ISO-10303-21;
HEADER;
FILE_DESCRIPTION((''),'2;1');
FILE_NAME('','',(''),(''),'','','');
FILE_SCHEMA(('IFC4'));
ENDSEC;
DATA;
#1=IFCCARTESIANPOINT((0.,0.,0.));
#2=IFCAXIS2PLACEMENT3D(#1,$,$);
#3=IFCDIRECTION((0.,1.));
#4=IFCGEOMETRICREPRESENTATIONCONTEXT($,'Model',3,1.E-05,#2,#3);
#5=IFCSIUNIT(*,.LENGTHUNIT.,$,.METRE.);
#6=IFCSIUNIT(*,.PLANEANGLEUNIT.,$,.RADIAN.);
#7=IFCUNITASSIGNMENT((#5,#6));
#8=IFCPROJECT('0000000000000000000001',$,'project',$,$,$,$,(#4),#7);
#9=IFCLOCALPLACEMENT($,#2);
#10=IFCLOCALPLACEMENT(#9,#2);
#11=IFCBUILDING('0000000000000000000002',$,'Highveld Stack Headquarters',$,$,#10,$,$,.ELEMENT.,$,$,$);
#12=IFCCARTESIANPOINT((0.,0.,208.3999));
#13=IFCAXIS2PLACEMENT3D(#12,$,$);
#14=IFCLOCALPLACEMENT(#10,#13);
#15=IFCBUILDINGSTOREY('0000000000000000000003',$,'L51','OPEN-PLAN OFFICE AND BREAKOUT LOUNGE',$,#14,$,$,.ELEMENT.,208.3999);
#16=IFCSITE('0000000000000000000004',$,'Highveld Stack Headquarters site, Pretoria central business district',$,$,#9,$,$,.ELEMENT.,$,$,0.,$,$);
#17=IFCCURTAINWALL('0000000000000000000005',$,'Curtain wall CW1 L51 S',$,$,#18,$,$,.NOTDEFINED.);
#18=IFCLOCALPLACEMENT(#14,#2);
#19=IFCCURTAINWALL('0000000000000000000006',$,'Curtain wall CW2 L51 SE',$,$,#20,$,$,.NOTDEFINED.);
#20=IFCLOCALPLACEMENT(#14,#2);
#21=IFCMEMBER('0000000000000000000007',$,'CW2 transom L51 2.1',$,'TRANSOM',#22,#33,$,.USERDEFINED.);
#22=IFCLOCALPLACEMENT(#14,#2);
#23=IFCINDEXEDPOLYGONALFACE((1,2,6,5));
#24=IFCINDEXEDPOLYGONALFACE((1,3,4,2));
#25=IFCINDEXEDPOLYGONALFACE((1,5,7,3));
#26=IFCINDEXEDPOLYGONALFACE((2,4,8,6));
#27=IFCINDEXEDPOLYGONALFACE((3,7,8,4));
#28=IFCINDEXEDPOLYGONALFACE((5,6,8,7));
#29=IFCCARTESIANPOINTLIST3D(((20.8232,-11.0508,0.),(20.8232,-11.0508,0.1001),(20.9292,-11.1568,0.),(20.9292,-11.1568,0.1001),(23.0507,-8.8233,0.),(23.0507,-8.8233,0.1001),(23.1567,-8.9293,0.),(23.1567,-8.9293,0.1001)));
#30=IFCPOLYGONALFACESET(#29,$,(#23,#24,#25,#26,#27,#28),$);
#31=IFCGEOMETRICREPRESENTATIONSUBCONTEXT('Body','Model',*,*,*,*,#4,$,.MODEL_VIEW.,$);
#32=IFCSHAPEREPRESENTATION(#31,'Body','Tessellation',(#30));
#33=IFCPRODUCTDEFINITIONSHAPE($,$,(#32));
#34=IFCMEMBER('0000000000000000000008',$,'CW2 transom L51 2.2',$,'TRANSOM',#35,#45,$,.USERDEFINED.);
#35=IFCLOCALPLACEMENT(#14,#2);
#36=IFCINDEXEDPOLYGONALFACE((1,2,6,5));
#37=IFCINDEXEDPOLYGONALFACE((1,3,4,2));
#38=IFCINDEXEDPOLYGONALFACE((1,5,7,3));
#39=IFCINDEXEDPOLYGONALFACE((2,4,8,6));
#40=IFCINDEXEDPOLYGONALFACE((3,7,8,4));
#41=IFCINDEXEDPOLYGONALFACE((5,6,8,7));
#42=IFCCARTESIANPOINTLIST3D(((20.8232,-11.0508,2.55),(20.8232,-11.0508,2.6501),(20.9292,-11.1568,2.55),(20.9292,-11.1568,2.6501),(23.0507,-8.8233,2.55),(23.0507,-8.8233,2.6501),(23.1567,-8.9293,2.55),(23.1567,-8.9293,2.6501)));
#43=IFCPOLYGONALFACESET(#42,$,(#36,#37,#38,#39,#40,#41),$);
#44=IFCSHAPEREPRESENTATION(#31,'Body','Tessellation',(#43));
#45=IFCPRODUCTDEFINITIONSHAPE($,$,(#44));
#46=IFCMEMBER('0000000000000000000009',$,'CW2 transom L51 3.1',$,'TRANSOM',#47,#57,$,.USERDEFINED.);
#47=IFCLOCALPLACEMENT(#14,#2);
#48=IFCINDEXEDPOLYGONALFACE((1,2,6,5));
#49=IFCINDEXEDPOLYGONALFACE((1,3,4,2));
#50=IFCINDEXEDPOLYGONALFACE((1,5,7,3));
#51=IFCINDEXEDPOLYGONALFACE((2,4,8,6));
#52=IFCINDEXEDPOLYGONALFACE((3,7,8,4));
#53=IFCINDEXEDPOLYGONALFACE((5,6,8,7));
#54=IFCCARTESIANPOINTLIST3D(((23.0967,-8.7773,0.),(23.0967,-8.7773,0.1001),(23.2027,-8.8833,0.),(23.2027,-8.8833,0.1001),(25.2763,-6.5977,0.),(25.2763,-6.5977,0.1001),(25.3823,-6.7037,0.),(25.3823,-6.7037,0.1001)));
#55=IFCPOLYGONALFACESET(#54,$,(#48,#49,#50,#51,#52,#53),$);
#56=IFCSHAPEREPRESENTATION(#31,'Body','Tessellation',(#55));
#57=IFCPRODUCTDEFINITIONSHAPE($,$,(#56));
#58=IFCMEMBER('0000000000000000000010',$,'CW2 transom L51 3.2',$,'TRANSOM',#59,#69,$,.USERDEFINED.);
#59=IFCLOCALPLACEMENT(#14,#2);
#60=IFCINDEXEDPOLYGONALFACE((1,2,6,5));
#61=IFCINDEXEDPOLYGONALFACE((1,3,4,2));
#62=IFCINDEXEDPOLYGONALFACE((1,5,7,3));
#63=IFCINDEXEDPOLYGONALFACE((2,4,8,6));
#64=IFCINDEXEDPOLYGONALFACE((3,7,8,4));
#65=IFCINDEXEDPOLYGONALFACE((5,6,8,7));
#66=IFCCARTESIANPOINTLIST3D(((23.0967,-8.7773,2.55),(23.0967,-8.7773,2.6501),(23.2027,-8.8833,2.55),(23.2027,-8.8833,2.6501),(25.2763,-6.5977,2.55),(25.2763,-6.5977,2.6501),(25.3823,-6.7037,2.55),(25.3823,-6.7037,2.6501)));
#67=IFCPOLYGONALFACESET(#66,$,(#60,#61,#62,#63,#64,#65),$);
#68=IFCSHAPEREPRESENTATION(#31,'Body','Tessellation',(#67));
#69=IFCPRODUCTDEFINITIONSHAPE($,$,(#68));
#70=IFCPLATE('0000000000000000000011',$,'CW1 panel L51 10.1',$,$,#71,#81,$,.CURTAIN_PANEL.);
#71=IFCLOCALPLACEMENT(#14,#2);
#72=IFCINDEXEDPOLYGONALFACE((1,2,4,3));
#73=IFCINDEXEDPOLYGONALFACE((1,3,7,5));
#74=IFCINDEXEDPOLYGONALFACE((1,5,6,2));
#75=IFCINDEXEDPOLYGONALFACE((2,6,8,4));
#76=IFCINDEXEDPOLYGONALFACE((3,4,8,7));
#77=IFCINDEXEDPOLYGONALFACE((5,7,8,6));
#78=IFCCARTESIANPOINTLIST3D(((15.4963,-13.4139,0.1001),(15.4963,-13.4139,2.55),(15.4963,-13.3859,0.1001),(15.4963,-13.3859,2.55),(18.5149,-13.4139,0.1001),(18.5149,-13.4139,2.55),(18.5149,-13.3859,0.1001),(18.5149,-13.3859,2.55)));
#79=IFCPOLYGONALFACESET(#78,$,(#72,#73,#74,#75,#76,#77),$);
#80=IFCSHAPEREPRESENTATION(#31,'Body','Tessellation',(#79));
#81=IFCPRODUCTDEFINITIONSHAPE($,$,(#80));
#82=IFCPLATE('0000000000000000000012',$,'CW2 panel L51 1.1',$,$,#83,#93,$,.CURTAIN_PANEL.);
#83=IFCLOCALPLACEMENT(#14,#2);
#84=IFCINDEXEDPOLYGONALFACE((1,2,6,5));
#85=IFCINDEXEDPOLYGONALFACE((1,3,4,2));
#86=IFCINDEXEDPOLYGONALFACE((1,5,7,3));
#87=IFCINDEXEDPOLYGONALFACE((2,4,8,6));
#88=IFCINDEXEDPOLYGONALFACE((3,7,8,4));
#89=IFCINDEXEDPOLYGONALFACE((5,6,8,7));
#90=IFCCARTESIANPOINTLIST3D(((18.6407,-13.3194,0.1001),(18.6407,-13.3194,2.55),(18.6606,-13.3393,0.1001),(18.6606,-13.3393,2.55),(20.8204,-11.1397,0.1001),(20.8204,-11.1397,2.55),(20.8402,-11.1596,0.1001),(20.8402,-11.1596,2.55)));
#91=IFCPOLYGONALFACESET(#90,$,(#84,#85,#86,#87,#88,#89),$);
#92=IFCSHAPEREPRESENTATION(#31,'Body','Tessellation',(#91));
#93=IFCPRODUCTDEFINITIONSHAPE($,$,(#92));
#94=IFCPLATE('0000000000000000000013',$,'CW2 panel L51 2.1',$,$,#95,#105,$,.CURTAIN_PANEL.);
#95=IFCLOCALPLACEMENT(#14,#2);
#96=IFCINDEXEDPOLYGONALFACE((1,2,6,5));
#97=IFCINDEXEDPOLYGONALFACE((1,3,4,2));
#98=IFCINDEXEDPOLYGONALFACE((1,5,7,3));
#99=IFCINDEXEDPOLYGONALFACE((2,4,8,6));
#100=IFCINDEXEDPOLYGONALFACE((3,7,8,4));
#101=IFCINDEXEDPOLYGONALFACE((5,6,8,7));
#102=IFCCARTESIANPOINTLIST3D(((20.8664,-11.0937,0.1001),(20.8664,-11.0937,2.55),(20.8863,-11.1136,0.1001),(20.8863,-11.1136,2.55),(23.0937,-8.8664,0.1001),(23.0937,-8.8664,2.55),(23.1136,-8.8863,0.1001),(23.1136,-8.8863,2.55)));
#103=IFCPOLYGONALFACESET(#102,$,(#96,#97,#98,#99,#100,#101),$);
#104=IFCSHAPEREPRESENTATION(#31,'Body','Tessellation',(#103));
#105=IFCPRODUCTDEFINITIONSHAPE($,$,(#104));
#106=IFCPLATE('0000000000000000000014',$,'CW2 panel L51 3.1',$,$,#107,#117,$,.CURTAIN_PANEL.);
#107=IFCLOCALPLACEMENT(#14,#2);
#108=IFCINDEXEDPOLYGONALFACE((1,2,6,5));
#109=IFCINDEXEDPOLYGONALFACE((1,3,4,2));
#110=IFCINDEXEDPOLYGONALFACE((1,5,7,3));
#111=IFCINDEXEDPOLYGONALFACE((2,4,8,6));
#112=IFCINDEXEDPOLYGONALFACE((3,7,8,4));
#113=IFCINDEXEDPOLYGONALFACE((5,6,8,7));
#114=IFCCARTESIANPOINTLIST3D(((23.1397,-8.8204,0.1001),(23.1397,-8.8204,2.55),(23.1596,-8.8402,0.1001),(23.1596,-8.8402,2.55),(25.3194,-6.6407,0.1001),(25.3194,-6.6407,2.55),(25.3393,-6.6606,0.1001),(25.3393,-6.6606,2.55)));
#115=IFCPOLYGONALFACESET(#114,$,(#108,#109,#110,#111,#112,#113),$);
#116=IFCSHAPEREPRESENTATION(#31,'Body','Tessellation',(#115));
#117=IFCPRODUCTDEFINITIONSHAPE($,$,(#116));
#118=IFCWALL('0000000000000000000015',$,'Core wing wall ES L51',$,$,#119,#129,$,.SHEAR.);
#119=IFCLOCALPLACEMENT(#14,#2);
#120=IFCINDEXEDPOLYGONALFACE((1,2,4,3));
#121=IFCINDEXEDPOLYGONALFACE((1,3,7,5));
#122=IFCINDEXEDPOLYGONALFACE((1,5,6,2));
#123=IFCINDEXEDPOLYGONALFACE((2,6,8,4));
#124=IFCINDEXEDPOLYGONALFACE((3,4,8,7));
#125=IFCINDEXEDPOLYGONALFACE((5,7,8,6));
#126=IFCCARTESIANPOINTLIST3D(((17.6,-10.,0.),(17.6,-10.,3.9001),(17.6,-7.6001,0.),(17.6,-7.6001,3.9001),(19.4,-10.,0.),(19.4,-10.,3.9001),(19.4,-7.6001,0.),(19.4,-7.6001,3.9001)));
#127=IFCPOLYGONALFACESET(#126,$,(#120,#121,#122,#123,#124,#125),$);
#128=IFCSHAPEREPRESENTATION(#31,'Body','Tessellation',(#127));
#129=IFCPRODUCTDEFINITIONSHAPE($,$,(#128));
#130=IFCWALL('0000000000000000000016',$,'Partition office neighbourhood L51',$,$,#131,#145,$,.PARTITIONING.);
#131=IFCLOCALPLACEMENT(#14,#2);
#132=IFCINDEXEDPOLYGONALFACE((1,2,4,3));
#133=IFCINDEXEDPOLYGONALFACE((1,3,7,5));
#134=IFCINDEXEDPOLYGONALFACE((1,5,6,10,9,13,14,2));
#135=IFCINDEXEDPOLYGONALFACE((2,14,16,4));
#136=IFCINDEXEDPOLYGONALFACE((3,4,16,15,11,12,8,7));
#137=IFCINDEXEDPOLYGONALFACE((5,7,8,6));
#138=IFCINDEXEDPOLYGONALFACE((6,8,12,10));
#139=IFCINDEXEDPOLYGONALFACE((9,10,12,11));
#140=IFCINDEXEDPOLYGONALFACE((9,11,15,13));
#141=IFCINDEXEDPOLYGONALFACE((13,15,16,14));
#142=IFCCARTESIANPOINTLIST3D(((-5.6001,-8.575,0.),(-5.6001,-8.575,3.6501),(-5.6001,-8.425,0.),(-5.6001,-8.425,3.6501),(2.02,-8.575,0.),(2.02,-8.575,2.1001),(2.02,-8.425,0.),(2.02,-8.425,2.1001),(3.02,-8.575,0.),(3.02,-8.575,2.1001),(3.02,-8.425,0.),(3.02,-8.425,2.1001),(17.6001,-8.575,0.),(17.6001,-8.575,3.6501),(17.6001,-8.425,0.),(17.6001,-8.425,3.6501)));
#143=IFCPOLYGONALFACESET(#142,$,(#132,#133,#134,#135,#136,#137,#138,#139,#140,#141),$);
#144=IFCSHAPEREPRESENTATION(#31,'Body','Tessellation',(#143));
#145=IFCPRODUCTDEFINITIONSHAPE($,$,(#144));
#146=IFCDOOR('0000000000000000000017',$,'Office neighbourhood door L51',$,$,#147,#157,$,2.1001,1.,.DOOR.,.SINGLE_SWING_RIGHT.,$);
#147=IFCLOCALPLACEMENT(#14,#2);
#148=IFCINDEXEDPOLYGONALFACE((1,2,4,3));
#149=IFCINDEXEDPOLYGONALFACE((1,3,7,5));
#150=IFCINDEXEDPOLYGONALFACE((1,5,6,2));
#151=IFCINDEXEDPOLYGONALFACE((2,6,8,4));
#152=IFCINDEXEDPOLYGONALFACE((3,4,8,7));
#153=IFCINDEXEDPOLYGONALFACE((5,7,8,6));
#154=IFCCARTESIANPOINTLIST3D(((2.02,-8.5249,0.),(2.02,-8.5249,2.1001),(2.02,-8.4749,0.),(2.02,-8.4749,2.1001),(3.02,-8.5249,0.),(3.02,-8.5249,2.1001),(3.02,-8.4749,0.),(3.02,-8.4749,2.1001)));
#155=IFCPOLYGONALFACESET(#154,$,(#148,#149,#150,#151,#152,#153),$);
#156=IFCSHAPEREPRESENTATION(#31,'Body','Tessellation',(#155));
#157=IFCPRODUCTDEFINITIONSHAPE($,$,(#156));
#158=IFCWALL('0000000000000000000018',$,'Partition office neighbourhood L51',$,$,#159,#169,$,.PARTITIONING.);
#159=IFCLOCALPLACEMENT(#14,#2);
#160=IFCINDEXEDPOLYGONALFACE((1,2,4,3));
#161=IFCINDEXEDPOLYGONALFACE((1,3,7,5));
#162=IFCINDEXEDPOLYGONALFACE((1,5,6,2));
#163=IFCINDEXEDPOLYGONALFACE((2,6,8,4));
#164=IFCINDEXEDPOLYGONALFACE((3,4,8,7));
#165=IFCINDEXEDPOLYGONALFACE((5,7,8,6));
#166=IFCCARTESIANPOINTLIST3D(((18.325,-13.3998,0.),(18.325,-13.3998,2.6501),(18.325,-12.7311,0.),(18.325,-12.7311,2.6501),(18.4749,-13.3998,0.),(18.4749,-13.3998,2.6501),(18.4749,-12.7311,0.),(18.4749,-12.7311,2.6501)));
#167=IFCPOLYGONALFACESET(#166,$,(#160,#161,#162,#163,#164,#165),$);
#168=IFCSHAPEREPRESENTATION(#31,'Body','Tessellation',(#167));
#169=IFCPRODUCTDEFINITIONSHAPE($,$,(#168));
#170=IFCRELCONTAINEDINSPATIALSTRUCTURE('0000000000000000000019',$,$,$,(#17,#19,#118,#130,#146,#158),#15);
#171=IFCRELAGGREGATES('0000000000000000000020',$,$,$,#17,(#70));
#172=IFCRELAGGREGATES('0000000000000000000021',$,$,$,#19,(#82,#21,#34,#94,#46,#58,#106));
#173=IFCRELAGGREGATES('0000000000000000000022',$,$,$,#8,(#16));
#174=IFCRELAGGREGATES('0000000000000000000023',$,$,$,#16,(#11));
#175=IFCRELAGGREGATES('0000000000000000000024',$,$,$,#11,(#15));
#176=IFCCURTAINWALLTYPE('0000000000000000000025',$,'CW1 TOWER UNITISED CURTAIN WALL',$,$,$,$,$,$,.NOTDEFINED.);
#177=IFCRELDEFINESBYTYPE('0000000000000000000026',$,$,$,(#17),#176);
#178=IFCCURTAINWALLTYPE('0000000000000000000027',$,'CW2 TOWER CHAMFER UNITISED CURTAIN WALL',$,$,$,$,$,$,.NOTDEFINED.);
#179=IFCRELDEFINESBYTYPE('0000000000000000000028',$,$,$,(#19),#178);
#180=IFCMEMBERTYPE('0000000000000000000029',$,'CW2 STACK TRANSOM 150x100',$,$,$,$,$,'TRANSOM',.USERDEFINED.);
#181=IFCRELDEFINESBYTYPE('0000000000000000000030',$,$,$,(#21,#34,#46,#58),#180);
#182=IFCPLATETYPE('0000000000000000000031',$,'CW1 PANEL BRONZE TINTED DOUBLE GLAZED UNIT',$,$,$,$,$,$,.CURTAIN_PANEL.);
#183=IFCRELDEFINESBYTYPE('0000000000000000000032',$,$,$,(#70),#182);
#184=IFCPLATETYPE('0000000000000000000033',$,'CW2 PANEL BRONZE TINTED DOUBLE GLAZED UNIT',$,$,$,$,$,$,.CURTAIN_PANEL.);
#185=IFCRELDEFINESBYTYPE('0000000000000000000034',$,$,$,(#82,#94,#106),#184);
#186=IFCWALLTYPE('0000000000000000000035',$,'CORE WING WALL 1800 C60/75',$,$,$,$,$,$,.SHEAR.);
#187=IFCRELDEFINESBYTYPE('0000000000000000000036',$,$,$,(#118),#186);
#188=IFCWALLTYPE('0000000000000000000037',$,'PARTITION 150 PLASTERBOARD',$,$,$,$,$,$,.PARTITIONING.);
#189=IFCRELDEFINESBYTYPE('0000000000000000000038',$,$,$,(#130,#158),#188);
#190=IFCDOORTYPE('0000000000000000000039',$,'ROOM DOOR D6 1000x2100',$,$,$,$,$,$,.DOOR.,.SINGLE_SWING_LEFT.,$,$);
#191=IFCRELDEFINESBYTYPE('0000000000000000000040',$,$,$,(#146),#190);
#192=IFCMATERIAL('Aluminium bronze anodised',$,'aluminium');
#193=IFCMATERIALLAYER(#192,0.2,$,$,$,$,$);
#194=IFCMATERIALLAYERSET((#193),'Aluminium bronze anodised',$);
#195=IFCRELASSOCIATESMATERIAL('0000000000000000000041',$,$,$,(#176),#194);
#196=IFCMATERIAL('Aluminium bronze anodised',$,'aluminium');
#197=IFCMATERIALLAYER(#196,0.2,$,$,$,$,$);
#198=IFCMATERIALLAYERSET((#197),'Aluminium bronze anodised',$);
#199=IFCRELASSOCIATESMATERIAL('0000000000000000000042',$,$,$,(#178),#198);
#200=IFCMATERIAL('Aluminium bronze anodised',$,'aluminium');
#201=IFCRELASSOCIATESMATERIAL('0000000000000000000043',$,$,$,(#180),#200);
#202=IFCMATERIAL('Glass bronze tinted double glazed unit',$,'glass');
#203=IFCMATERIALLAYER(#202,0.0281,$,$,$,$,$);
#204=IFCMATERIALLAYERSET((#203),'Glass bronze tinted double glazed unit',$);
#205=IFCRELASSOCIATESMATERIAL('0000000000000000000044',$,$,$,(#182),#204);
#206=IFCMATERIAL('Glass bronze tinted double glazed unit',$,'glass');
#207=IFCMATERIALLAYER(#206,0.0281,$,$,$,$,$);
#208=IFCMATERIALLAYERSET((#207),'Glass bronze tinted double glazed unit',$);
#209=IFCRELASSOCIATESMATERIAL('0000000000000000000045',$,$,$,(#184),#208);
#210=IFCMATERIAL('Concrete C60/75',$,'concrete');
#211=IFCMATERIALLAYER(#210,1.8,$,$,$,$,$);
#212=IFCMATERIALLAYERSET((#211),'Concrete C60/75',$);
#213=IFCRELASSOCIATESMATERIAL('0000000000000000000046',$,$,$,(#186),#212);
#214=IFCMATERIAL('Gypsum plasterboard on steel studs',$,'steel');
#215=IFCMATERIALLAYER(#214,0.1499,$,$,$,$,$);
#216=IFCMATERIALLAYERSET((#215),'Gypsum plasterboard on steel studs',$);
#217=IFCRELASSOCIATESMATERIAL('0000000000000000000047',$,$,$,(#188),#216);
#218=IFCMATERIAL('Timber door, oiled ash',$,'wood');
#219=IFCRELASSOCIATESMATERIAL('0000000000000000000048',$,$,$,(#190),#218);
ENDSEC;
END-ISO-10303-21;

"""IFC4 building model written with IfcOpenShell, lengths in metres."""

from ifc_helpers import new_model, si_unit, direction, frame, frame_2d, origin, origin_2d, place, context, subcontext, project, spatial, rectangle, extrude, material, layer, layer_set, material_profile, profile_set, type_object, element, fill, aggregate, save


model = new_model("IFC4")

# Units and contexts
model_context = context("Model", 3, precision=1e-05, world=origin(), true_north=direction((0.0, 1.0)))
body_context = subcontext(model_context, "Body", "Model", "MODEL_VIEW")
ifc_project = project(units=[si_unit("LENGTHUNIT", "METRE"), si_unit("PLANEANGLEUNIT", "RADIAN")], contexts=[model_context])

# Site, building, storey
site_placement = place(None, origin())
site = spatial("IfcSite", under=ifc_project, at=site_placement, Name="Highveld Stack Headquarters site, Pretoria central business district", CompositionType="ELEMENT", RefElevation=0.0)
building_placement = place(site_placement, origin())
building = spatial("IfcBuilding", under=site, at=building_placement, Name="Highveld Stack Headquarters", CompositionType="ELEMENT")
storey_placement = place(building_placement, frame((0.0, 0.0, 208.3999)))
storey = spatial("IfcBuildingStorey", under=building, at=storey_placement, Name="L51", Description="OPEN-PLAN OFFICE AND BREAKOUT LOUNGE", CompositionType="ELEMENT", Elevation=208.3999)

# Curtain wall
ifc_material_1 = material(Name="Aluminium bronze anodised", Category="aluminium")
ifc_layer_1 = layer(ifc_material_1, 0.2)
ifc_layer_set_1 = layer_set([ifc_layer_1], Name="Aluminium bronze anodised")
curtain_wall_type_1 = type_object("IfcCurtainWallType", Name="CW1 TOWER UNITISED CURTAIN WALL", PredefinedType="NOTDEFINED", material=ifc_layer_set_1)
curtain_wall_1_placement = place(storey_placement, origin())
curtain_wall_1 = element("IfcCurtainWall", 1, at=curtain_wall_1_placement, inside=storey, type_object=curtain_wall_type_1, Name="Curtain wall CW1 L51 S", PredefinedType="NOTDEFINED")

# Curtain wall, members
ifc_material_2 = material(Name="Aluminium bronze anodised", Category="aluminium")
ifc_layer_2 = layer(ifc_material_2, 0.2)
ifc_layer_set_2 = layer_set([ifc_layer_2], Name="Aluminium bronze anodised")
curtain_wall_type_2 = type_object("IfcCurtainWallType", Name="CW2 TOWER CHAMFER UNITISED CURTAIN WALL", PredefinedType="NOTDEFINED", material=ifc_layer_set_2)
curtain_wall_2_placement = place(storey_placement, origin())
curtain_wall_2 = element("IfcCurtainWall", 2, at=curtain_wall_2_placement, inside=storey, type_object=curtain_wall_type_2, Name="Curtain wall CW2 L51 SE", PredefinedType="NOTDEFINED")
ifc_material_3 = material(Name="Aluminium bronze anodised", Category="aluminium")
ifc_material_profile_1 = material_profile(ifc_material_3, rectangle(XDim=0.1499, YDim=0.1001, at=origin_2d()), Name="CW2 TRANSOM 150x100")
ifc_profile_set_1 = profile_set([ifc_material_profile_1], Name="Aluminium bronze anodised")
member_type_1 = type_object("IfcMemberType", Name="CW2 STACK TRANSOM 150x100", ElementType="TRANSOM", PredefinedType="USERDEFINED", material=ifc_profile_set_1)
member_1_placement = place(storey_placement, frame((20.8762, -11.1038, 0.05), z_axis=(0.707107, 0.707107, 0.0), x_axis=(-0.707107, 0.707107, 0.0)))
member_1 = element("IfcMember", 3, at=member_1_placement, type_object=member_type_1, Name="CW2 transom L51 2.1", ObjectType="TRANSOM", PredefinedType="USERDEFINED", context=body_context, shape_type="SweptSolid", body=[
    extrude(rectangle(XDim=0.1499, YDim=0.1001, at=origin_2d()), origin(), (0.0, 0.0, 1.0), 3.1501),
])
member_2_placement = place(storey_placement, frame((20.8762, -11.1038, 2.6001), z_axis=(0.707107, 0.707107, 0.0), x_axis=(-0.707107, 0.707107, 0.0)))
member_2 = element("IfcMember", 4, at=member_2_placement, type_object=member_type_1, Name="CW2 transom L51 2.2", ObjectType="TRANSOM", PredefinedType="USERDEFINED", context=body_context, shape_type="SweptSolid", body=[
    extrude(rectangle(XDim=0.1499, YDim=0.1001, at=origin_2d()), origin(), (0.0, 0.0, 1.0), 3.1501),
])
member_3_placement = place(storey_placement, frame((23.1497, -8.8303, 0.05), z_axis=(0.707107, 0.707107, 0.0), x_axis=(-0.707107, 0.707107, 0.0)))
member_3 = element("IfcMember", 5, at=member_3_placement, type_object=member_type_1, Name="CW2 transom L51 3.1", ObjectType="TRANSOM", PredefinedType="USERDEFINED", context=body_context, shape_type="SweptSolid", body=[
    extrude(rectangle(XDim=0.1499, YDim=0.1001, at=origin_2d()), origin(), (0.0, 0.0, 1.0), 3.0825),
])
member_4_placement = place(storey_placement, frame((23.1497, -8.8303, 2.6001), z_axis=(0.707107, 0.707107, 0.0), x_axis=(-0.707107, 0.707107, 0.0)))
member_4 = element("IfcMember", 6, at=member_4_placement, type_object=member_type_1, Name="CW2 transom L51 3.2", ObjectType="TRANSOM", PredefinedType="USERDEFINED", context=body_context, shape_type="SweptSolid", body=[
    extrude(rectangle(XDim=0.1499, YDim=0.1001, at=origin_2d()), origin(), (0.0, 0.0, 1.0), 3.0825),
])

# Plates
ifc_material_4 = material(Name="Glass bronze tinted double glazed unit", Category="glass")
ifc_layer_3 = layer(ifc_material_4, 0.0281)
ifc_layer_set_3 = layer_set([ifc_layer_3], Name="Glass bronze tinted double glazed unit")
plate_type_1 = type_object("IfcPlateType", Name="CW1 PANEL BRONZE TINTED DOUBLE GLAZED UNIT", PredefinedType="CURTAIN_PANEL", material=ifc_layer_set_3)
plate_1_placement = place(storey_placement, frame((17.0056, -13.3999, 0.1001), z_axis=(0.0, 0.0, 1.0), x_axis=(1.0, 0.0, 0.0)))
plate_1 = element("IfcPlate", 7, at=plate_1_placement, type_object=plate_type_1, Name="CW1 panel L51 10.1", PredefinedType="CURTAIN_PANEL", context=body_context, shape_type="SweptSolid", body=[
    extrude(rectangle(XDim=3.0186, YDim=0.0281, at=origin_2d()), origin(), (0.0, 0.0, 1.0), 2.45),
])
aggregate(curtain_wall_1, [plate_1])
ifc_material_5 = material(Name="Glass bronze tinted double glazed unit", Category="glass")
ifc_layer_4 = layer(ifc_material_5, 0.0281)
ifc_layer_set_4 = layer_set([ifc_layer_4], Name="Glass bronze tinted double glazed unit")
plate_type_2 = type_object("IfcPlateType", Name="CW2 PANEL BRONZE TINTED DOUBLE GLAZED UNIT", PredefinedType="CURTAIN_PANEL", material=ifc_layer_set_4)
plate_2_placement = place(storey_placement, frame((19.7405, -12.2395, 0.1001), z_axis=(0.0, 0.0, 1.0), x_axis=(0.707107, 0.707107, 0.0)))
plate_2 = element("IfcPlate", 8, at=plate_2_placement, type_object=plate_type_2, Name="CW2 panel L51 1.1", PredefinedType="CURTAIN_PANEL", context=body_context, shape_type="SweptSolid", body=[
    extrude(rectangle(XDim=3.0825, YDim=0.0281, at=origin_2d()), origin(), (0.0, 0.0, 1.0), 2.45),
])
plate_3_placement = place(storey_placement, frame((21.99, -9.99, 0.1001), z_axis=(0.0, 0.0, 1.0), x_axis=(0.707107, 0.707107, 0.0)))
plate_3 = element("IfcPlate", 9, at=plate_3_placement, type_object=plate_type_2, Name="CW2 panel L51 2.1", PredefinedType="CURTAIN_PANEL", context=body_context, shape_type="SweptSolid", body=[
    extrude(rectangle(XDim=3.1499, YDim=0.0281, at=origin_2d()), origin(), (0.0, 0.0, 1.0), 2.45),
])
plate_4_placement = place(storey_placement, frame((24.2395, -7.7405, 0.1001), z_axis=(0.0, 0.0, 1.0), x_axis=(0.707107, 0.707107, 0.0)))
plate_4 = element("IfcPlate", 10, at=plate_4_placement, type_object=plate_type_2, Name="CW2 panel L51 3.1", PredefinedType="CURTAIN_PANEL", context=body_context, shape_type="SweptSolid", body=[
    extrude(rectangle(XDim=3.0825, YDim=0.0281, at=origin_2d()), origin(), (0.0, 0.0, 1.0), 2.45),
])
aggregate(curtain_wall_2, [plate_2, member_1, member_2, plate_3, member_3, member_4, plate_4])

# Wall
ifc_material_6 = material(Name="Concrete C60/75", Category="concrete")
ifc_layer_5 = layer(ifc_material_6, 1.8)
ifc_layer_set_5 = layer_set([ifc_layer_5], Name="Concrete C60/75")
wall_type_1 = type_object("IfcWallType", Name="CORE WING WALL 1800 C60/75", PredefinedType="SHEAR", material=ifc_layer_set_5)
wall_1_placement = place(storey_placement, frame((18.5, -10.0, 0.0), z_axis=(0.0, 0.0, 1.0), x_axis=(0.0, 1.0, 0.0)))
element("IfcWall", 11, at=wall_1_placement, inside=storey, type_object=wall_type_1, Name="Core wing wall ES L51", PredefinedType="SHEAR", context=body_context, shape_type="SweptSolid", body=[
    extrude(rectangle(XDim=2.3999, YDim=1.8, at=frame_2d((1.2, 0.0))), origin(), (0.0, 0.0, 1.0), 3.9001),
])

# Wall, opening, door
ifc_material_7 = material(Name="Gypsum plasterboard on steel studs", Category="steel")
ifc_layer_6 = layer(ifc_material_7, 0.1499)
ifc_layer_set_6 = layer_set([ifc_layer_6], Name="Gypsum plasterboard on steel studs")
wall_type_2 = type_object("IfcWallType", Name="PARTITION 150 PLASTERBOARD", PredefinedType="PARTITIONING", material=ifc_layer_set_6)
wall_2_placement = place(storey_placement, frame((17.6001, -8.5, 0.0), z_axis=(0.0, 0.0, 1.0), x_axis=(-1.0, 0.0, 0.0)))
wall_2 = element("IfcWall", 12, at=wall_2_placement, inside=storey, type_object=wall_type_2, Name="Partition office neighbourhood L51", PredefinedType="PARTITIONING", context=body_context, shape_type="SweptSolid", body=[
    extrude(rectangle(XDim=23.2002, YDim=0.1499, at=frame_2d((11.6001, 0.0))), origin(), (0.0, 0.0, 1.0), 3.6501),
])
opening_1_placement = place(wall_2_placement, frame((14.5801, 0.0, 0.0)))
opening_1 = element("IfcOpeningElement", 13, at=opening_1_placement, cuts=wall_2, PredefinedType="OPENING", context=body_context, shape_type="SweptSolid", body=[
    extrude(rectangle(XDim=1.0, YDim=2.1001, at=frame_2d((0.5, 1.05))), frame((0.0, 0.085, 0.0), z_axis=(0.0, -1.0, 0.0), x_axis=(1.0, 0.0, 0.0)), (0.0, 0.0, 1.0), 0.1699),
])
ifc_material_8 = material(Name="Timber door, oiled ash", Category="wood")
door_type_1 = type_object("IfcDoorType", Name="ROOM DOOR D6 1000x2100", OperationType="SINGLE_SWING_LEFT", PredefinedType="DOOR", material=ifc_material_8)
door_1_placement = place(opening_1_placement, origin())
door_1 = element("IfcDoor", 14, at=door_1_placement, inside=storey, type_object=door_type_1, Name="Office neighbourhood door L51", OperationType="SINGLE_SWING_RIGHT", OverallHeight=2.1001, OverallWidth=1.0, PredefinedType="DOOR", context=body_context, shape_type="SweptSolid", body=[
    extrude(rectangle(XDim=1.0, YDim=2.1001, at=frame_2d((0.5, 1.05))), frame((0.0, 0.0249, 0.0), z_axis=(0.0, -1.0, 0.0), x_axis=(1.0, 0.0, 0.0)), (0.0, 0.0, 1.0), 0.05),
])
fill(opening_1, door_1)

# Wall
wall_3_placement = place(storey_placement, frame((18.3999, -13.3999, 0.0), z_axis=(0.0, 0.0, 1.0), x_axis=(0.0, 1.0, 0.0)))
element("IfcWall", 15, at=wall_3_placement, inside=storey, type_object=wall_type_2, Name="Partition office neighbourhood L51", PredefinedType="PARTITIONING", context=body_context, shape_type="SweptSolid", body=[
    extrude(rectangle(XDim=0.6687, YDim=0.1499, at=frame_2d((0.3345, 0.0))), origin(), (0.0, 0.0, 1.0), 2.6501),
])

save(model, "model.ifc")
